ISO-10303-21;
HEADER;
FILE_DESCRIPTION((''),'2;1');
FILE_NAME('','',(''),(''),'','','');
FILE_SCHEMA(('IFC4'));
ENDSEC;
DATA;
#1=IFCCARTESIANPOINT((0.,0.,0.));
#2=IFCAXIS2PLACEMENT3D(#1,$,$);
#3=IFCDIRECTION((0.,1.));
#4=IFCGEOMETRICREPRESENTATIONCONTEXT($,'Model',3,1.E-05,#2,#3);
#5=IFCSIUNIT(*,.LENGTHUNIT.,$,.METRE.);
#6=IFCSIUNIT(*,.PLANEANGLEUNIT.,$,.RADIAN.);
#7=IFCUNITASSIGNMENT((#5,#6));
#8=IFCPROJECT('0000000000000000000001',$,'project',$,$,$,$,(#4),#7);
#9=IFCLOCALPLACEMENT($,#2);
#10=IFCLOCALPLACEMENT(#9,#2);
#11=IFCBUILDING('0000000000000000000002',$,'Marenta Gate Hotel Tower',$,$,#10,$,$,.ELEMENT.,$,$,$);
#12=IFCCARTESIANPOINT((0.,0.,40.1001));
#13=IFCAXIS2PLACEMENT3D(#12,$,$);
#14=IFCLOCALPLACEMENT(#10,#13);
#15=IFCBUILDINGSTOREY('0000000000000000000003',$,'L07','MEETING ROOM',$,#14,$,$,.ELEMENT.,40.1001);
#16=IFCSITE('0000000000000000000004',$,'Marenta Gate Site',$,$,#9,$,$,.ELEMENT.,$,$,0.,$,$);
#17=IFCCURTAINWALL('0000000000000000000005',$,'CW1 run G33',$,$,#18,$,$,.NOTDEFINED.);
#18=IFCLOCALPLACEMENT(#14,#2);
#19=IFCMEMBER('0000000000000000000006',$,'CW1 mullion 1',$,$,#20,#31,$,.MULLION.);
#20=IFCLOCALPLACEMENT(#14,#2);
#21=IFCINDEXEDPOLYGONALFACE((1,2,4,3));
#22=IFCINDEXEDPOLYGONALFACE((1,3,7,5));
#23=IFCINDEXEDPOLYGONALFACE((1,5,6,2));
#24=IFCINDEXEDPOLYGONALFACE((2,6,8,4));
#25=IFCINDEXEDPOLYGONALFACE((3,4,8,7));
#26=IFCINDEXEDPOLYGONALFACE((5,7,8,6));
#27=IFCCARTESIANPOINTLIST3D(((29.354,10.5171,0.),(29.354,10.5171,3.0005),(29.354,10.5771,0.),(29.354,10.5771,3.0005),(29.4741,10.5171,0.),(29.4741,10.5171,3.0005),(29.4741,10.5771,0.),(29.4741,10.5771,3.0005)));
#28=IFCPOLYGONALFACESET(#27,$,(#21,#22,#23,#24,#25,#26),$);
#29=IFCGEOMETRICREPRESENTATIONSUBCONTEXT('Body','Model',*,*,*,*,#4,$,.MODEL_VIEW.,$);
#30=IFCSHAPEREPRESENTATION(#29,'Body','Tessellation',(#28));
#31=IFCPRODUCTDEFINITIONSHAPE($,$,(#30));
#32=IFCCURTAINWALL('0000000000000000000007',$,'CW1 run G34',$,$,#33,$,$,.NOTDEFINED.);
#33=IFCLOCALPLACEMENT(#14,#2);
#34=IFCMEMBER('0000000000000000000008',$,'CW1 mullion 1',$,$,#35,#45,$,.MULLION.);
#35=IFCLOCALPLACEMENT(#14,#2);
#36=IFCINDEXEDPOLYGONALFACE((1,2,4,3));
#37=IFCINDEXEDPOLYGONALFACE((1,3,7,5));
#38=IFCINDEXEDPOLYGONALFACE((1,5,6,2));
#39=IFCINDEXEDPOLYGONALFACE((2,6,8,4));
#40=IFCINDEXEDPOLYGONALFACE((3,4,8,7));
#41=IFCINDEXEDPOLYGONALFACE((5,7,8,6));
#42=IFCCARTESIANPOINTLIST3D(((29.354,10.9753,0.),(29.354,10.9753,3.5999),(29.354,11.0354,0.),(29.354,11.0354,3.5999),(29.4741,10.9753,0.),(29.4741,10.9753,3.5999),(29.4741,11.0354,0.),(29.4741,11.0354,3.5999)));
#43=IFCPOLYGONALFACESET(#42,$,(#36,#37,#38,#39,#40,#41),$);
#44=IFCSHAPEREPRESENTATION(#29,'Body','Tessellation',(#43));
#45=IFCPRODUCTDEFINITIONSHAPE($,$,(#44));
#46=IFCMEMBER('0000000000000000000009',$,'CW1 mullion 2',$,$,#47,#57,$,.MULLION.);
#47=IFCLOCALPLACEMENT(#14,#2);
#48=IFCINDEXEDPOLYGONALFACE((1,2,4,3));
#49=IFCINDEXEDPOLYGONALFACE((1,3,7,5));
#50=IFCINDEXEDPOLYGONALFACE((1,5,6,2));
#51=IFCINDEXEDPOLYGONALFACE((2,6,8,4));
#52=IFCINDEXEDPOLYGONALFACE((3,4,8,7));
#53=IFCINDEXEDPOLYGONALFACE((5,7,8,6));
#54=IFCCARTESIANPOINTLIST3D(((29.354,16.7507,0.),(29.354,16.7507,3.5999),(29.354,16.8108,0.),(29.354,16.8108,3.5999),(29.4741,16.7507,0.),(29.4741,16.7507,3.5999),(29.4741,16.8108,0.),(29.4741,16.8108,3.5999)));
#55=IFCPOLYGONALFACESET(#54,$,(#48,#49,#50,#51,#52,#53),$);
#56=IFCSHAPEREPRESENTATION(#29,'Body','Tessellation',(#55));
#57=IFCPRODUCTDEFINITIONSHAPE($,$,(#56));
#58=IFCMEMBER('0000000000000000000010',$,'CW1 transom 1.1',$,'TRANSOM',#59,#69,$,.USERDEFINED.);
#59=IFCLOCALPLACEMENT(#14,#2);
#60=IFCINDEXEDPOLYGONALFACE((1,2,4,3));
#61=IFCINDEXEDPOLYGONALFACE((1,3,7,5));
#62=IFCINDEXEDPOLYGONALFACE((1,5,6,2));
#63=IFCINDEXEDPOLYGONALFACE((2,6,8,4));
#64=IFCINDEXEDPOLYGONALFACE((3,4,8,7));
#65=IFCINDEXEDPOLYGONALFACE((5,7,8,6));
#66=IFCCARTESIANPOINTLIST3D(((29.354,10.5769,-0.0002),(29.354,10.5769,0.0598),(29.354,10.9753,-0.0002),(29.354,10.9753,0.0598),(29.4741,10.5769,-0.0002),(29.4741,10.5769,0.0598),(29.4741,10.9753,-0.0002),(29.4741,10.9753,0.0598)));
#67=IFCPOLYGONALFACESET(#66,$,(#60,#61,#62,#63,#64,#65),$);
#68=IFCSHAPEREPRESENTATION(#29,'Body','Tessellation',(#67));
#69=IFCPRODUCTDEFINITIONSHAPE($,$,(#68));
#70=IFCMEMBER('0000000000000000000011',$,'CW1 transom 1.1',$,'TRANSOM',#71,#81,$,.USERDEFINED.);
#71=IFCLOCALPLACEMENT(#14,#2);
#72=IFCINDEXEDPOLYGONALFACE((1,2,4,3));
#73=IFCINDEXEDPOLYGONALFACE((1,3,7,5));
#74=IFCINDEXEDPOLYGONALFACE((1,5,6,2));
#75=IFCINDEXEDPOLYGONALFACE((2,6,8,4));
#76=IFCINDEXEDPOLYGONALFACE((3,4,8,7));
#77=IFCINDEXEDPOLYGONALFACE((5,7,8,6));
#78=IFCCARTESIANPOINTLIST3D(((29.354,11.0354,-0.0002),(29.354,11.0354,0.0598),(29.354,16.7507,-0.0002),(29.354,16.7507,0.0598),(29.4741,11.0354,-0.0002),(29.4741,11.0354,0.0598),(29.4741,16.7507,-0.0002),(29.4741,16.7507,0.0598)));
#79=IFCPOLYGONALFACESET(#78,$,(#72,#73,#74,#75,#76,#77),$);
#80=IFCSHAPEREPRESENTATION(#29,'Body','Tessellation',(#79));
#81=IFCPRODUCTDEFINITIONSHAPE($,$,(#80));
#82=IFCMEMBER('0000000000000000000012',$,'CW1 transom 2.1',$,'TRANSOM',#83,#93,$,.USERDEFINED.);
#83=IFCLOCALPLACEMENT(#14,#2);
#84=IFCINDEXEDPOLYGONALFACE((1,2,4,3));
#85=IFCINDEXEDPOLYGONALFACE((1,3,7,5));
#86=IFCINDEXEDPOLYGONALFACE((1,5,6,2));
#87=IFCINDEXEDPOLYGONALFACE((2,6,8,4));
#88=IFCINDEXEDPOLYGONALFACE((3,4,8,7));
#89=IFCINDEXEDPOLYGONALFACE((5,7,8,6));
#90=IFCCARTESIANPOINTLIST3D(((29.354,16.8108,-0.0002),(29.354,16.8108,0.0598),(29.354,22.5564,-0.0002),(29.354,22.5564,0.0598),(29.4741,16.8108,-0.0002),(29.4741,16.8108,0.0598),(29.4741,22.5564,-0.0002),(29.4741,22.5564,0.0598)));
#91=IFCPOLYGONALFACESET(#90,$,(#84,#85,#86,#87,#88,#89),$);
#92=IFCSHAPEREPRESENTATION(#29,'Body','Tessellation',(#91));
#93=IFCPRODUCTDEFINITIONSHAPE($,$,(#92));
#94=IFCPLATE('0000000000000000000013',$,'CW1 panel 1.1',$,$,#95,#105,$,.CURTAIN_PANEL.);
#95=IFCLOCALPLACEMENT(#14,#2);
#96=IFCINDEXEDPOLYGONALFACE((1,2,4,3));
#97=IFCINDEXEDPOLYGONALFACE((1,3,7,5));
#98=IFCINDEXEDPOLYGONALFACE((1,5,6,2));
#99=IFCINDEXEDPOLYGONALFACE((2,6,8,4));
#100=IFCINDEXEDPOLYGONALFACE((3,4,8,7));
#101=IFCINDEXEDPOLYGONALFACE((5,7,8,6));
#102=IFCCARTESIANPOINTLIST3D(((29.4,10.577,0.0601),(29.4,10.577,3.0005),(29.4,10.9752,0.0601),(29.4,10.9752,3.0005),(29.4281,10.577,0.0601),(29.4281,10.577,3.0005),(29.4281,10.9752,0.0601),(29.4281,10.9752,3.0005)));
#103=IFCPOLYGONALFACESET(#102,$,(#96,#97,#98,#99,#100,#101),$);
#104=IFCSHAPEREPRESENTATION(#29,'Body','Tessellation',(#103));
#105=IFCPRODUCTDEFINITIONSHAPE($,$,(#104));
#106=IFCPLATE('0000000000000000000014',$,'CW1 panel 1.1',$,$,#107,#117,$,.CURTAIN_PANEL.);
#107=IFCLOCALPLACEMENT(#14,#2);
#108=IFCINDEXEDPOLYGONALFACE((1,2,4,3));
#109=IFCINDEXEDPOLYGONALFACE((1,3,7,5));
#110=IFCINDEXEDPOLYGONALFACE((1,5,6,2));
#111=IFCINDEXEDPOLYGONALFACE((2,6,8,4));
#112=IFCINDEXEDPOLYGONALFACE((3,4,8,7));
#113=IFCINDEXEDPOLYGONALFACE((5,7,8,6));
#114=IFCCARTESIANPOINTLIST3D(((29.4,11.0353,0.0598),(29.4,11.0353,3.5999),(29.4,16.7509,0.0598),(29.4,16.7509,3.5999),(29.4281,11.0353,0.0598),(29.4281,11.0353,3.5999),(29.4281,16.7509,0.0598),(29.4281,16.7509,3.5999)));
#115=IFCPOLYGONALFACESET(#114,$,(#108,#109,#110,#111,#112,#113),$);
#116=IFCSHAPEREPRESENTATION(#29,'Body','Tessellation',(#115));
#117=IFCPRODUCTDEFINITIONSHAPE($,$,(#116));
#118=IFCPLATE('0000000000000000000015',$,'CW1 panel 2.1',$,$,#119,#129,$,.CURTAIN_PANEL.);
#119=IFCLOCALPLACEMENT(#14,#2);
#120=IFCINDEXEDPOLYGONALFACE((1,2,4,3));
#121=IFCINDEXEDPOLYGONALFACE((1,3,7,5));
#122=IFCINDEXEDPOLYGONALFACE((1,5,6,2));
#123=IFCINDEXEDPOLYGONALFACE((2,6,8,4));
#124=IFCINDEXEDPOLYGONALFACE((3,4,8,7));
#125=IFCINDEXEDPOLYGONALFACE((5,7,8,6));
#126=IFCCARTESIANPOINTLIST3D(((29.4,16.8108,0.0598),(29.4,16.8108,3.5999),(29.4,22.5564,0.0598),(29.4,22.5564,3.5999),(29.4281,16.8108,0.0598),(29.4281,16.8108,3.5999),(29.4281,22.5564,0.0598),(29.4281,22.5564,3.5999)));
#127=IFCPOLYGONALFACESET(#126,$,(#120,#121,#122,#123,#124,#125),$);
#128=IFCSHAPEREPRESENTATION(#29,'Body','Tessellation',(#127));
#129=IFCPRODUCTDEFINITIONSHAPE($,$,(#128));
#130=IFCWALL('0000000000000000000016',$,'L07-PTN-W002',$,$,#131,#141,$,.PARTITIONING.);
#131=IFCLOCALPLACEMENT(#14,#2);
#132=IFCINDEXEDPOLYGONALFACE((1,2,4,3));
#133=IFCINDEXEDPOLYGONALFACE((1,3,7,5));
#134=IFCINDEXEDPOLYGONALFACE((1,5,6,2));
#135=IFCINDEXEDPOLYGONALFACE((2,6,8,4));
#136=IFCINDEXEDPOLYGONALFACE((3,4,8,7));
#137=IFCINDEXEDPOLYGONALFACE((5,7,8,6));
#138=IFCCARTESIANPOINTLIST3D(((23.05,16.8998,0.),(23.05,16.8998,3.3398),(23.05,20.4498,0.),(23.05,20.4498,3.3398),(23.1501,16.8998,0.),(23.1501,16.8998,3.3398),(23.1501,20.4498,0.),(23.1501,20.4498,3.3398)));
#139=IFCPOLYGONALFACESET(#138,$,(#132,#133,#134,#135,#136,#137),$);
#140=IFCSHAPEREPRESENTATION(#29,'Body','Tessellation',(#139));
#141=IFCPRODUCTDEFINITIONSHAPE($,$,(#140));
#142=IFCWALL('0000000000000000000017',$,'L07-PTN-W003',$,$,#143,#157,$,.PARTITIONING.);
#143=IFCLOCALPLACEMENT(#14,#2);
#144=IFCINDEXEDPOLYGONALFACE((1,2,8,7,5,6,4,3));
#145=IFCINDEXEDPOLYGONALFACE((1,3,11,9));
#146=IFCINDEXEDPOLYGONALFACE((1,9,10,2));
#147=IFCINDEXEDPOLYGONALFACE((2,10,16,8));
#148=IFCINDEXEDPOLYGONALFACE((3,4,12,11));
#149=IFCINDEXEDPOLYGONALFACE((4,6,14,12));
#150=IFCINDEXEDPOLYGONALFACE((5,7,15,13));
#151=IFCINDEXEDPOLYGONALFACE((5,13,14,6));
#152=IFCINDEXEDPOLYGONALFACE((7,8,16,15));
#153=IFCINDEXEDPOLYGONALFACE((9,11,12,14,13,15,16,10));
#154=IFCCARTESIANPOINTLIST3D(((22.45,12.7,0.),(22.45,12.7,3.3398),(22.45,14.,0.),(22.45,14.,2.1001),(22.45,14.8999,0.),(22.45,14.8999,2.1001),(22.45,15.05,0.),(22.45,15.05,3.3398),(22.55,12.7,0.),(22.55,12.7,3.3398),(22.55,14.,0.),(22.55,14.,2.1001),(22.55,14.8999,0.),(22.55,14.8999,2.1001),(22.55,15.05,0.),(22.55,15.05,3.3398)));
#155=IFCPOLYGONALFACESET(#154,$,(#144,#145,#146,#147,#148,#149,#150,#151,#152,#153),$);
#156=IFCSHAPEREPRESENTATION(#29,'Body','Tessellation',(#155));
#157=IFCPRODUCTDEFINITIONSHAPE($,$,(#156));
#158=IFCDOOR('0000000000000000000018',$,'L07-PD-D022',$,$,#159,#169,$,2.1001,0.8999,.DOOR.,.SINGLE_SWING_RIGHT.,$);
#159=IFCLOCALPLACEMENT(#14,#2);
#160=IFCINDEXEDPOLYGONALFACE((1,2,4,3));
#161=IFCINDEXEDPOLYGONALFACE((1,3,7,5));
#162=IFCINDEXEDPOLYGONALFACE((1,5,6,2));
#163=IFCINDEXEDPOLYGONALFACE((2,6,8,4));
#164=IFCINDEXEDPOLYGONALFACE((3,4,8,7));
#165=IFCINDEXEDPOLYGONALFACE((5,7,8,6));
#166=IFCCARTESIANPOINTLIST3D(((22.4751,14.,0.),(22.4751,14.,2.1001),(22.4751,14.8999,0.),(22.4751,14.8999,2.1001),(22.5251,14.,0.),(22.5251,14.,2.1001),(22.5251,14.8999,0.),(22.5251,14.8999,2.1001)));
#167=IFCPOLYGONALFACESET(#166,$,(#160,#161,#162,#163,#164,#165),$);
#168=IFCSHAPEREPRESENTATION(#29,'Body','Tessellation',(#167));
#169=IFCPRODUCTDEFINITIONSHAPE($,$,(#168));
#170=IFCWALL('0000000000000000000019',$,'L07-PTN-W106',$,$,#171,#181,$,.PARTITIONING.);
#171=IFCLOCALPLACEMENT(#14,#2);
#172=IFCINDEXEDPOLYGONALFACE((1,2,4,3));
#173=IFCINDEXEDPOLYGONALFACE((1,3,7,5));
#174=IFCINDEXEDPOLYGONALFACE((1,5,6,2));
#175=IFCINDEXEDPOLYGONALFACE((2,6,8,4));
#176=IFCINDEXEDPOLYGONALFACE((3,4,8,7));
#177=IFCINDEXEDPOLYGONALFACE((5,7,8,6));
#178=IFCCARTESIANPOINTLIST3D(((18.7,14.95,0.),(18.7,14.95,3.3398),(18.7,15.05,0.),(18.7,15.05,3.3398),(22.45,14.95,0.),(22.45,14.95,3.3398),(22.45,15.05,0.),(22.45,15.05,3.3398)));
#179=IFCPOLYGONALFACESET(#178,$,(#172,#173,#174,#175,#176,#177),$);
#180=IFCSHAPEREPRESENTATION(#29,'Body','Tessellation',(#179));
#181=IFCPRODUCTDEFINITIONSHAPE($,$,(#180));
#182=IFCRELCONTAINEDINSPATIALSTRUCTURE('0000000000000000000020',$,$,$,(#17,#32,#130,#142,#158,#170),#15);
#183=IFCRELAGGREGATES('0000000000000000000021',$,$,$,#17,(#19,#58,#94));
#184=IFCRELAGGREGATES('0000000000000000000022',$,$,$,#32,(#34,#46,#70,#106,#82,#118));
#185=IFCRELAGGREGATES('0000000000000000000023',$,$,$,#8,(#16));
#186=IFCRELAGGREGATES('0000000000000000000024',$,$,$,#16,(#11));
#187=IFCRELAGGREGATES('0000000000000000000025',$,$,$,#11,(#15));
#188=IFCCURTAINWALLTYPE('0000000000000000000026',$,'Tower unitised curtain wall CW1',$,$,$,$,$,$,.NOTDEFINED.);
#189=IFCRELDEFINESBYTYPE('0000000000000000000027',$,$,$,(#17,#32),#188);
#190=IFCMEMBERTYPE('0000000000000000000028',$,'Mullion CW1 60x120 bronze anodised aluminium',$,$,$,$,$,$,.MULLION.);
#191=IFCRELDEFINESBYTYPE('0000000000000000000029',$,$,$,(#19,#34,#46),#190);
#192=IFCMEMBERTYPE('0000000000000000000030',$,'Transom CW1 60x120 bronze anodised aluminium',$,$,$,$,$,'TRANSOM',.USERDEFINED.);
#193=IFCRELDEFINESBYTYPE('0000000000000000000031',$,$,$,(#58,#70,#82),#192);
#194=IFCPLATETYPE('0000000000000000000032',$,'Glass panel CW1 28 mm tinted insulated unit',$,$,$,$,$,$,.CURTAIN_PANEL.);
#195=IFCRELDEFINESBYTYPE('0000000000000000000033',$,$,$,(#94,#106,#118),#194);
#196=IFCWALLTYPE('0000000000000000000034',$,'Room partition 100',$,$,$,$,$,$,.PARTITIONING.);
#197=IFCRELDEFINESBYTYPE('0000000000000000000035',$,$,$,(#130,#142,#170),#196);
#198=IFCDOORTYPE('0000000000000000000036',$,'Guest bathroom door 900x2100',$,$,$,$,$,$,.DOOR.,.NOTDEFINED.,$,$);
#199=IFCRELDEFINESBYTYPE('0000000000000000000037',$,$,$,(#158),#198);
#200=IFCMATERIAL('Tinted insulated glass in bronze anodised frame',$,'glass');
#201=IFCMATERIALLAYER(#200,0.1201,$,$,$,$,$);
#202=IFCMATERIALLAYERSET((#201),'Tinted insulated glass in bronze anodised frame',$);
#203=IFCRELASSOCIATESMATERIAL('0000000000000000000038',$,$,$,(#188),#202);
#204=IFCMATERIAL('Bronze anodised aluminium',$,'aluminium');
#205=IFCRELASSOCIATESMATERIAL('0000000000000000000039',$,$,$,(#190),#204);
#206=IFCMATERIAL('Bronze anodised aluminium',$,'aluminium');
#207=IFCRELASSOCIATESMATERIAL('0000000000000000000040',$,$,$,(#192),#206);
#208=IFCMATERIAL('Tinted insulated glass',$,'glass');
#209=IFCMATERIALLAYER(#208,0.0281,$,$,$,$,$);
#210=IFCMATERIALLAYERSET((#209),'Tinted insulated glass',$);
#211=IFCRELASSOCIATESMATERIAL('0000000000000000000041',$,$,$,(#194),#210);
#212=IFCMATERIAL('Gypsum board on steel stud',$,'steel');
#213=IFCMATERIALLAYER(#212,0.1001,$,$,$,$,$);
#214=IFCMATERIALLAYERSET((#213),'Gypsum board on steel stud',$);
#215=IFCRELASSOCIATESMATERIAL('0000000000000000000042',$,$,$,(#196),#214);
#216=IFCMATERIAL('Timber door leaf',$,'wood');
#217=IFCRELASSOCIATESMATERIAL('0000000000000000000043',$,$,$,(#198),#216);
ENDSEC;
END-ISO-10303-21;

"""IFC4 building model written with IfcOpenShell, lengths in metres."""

from ifc_helpers import new_model, si_unit, direction, frame, frame_2d, origin, origin_2d, place, context, subcontext, project, spatial, rectangle, extrude, material, layer, layer_set, material_profile, profile_set, type_object, element, fill, aggregate, save


model = new_model("IFC4")

# Units and contexts
model_context = context("Model", 3, precision=1e-05, world=origin(), true_north=direction((0.0, 1.0)))
body_context = subcontext(model_context, "Body", "Model", "MODEL_VIEW")
ifc_project = project(units=[si_unit("LENGTHUNIT", "METRE"), si_unit("PLANEANGLEUNIT", "RADIAN")], contexts=[model_context])

# Site, building, storey
site_placement = place(None, origin())
site = spatial("IfcSite", under=ifc_project, at=site_placement, Name="Marenta Gate Site", CompositionType="ELEMENT", RefElevation=0.0)
building_placement = place(site_placement, origin())
building = spatial("IfcBuilding", under=site, at=building_placement, Name="Marenta Gate Hotel Tower", CompositionType="ELEMENT")
storey_placement = place(building_placement, frame((0.0, 0.0, 40.1001)))
storey = spatial("IfcBuildingStorey", under=building, at=storey_placement, Name="L07", Description="MEETING ROOM", CompositionType="ELEMENT", Elevation=40.1001)

# Curtain wall, member
ifc_material_1 = material(Name="Tinted insulated glass in bronze anodised frame", Category="glass")
ifc_layer_1 = layer(ifc_material_1, 0.1201)
ifc_layer_set_1 = layer_set([ifc_layer_1], Name="Tinted insulated glass in bronze anodised frame")
curtain_wall_type = type_object("IfcCurtainWallType", Name="Tower unitised curtain wall CW1", PredefinedType="NOTDEFINED", material=ifc_layer_set_1)
curtain_wall_1_placement = place(storey_placement, origin())
curtain_wall_1 = element("IfcCurtainWall", 1, at=curtain_wall_1_placement, inside=storey, type_object=curtain_wall_type, Name="CW1 run G33", PredefinedType="NOTDEFINED")
ifc_material_2 = material(Name="Bronze anodised aluminium", Category="aluminium")
ifc_material_profile_1 = material_profile(ifc_material_2, rectangle(XDim=0.1201, YDim=0.0601, at=origin_2d()), Name="Mullion CW1 60x120 bronze anodised aluminium")
ifc_profile_set_1 = profile_set([ifc_material_profile_1], Name="Bronze anodised aluminium")
member_type_1 = type_object("IfcMemberType", Name="Mullion CW1 60x120 bronze anodised aluminium", PredefinedType="MULLION", material=ifc_profile_set_1)
member_1_placement = place(storey_placement, frame((29.4141, 10.5471, 0.0), z_axis=(0.0, 0.0, 1.0), x_axis=(-1.0, 0.0, 0.0)))
member_1 = element("IfcMember", 2, at=member_1_placement, type_object=member_type_1, Name="CW1 mullion 1", PredefinedType="MULLION", context=body_context, shape_type="SweptSolid", body=[
    extrude(rectangle(XDim=0.1201, YDim=0.0601, at=origin_2d()), origin(), (0.0, 0.0, 1.0), 3.0005),
])

# Curtain wall, members
curtain_wall_2_placement = place(storey_placement, origin())
curtain_wall_2 = element("IfcCurtainWall", 3, at=curtain_wall_2_placement, inside=storey, type_object=curtain_wall_type, Name="CW1 run G34", PredefinedType="NOTDEFINED")
member_2_placement = place(storey_placement, frame((29.4141, 11.0054, 0.0), z_axis=(0.0, 0.0, 1.0), x_axis=(-1.0, 0.0, 0.0)))
member_2 = element("IfcMember", 4, at=member_2_placement, type_object=member_type_1, Name="CW1 mullion 1", PredefinedType="MULLION", context=body_context, shape_type="SweptSolid", body=[
    extrude(rectangle(XDim=0.1201, YDim=0.0601, at=origin_2d()), origin(), (0.0, 0.0, 1.0), 3.5999),
])
member_3_placement = place(storey_placement, frame((29.4141, 16.7808, 0.0), z_axis=(0.0, 0.0, 1.0), x_axis=(-1.0, 0.0, 0.0)))
member_3 = element("IfcMember", 5, at=member_3_placement, type_object=member_type_1, Name="CW1 mullion 2", PredefinedType="MULLION", context=body_context, shape_type="SweptSolid", body=[
    extrude(rectangle(XDim=0.1201, YDim=0.0601, at=origin_2d()), origin(), (0.0, 0.0, 1.0), 3.5999),
])

# Members
ifc_material_3 = material(Name="Bronze anodised aluminium", Category="aluminium")
ifc_material_profile_2 = material_profile(ifc_material_3, rectangle(XDim=0.1201, YDim=0.0601, at=origin_2d()), Name="Transom CW1 60x120 bronze anodised aluminium")
ifc_profile_set_2 = profile_set([ifc_material_profile_2], Name="Bronze anodised aluminium")
member_type_2 = type_object("IfcMemberType", Name="Transom CW1 60x120 bronze anodised aluminium", ElementType="TRANSOM", PredefinedType="USERDEFINED", material=ifc_profile_set_2)
member_4_placement = place(storey_placement, frame((29.4141, 10.5769, 0.0298), z_axis=(0.0, 1.0, 0.0), x_axis=(-1.0, 0.0, 0.0)))
member_4 = element("IfcMember", 6, at=member_4_placement, type_object=member_type_2, Name="CW1 transom 1.1", ObjectType="TRANSOM", PredefinedType="USERDEFINED", context=body_context, shape_type="SweptSolid", body=[
    extrude(rectangle(XDim=0.1201, YDim=0.0601, at=origin_2d()), origin(), (0.0, 0.0, 1.0), 0.3984),
])
member_5_placement = place(storey_placement, frame((29.4141, 11.0354, 0.0298), z_axis=(0.0, 1.0, 0.0), x_axis=(-1.0, 0.0, 0.0)))
member_5 = element("IfcMember", 7, at=member_5_placement, type_object=member_type_2, Name="CW1 transom 1.1", ObjectType="TRANSOM", PredefinedType="USERDEFINED", context=body_context, shape_type="SweptSolid", body=[
    extrude(rectangle(XDim=0.1201, YDim=0.0601, at=origin_2d()), origin(), (0.0, 0.0, 1.0), 5.7153),
])
member_6_placement = place(storey_placement, frame((29.4141, 16.8108, 0.0298), z_axis=(0.0, 1.0, 0.0), x_axis=(-1.0, 0.0, 0.0)))
member_6 = element("IfcMember", 8, at=member_6_placement, type_object=member_type_2, Name="CW1 transom 2.1", ObjectType="TRANSOM", PredefinedType="USERDEFINED", context=body_context, shape_type="SweptSolid", body=[
    extrude(rectangle(XDim=0.1201, YDim=0.0601, at=origin_2d()), origin(), (0.0, 0.0, 1.0), 5.7456),
])

# Plates
ifc_material_4 = material(Name="Tinted insulated glass", Category="glass")
ifc_layer_2 = layer(ifc_material_4, 0.0281)
ifc_layer_set_2 = layer_set([ifc_layer_2], Name="Tinted insulated glass")
plate_type = type_object("IfcPlateType", Name="Glass panel CW1 28 mm tinted insulated unit", PredefinedType="CURTAIN_PANEL", material=ifc_layer_set_2)
plate_1_placement = place(storey_placement, frame((29.4141, 10.7761, 0.0601), z_axis=(0.0, 0.0, 1.0), x_axis=(0.0, 1.0, 0.0)))
plate_1 = element("IfcPlate", 9, at=plate_1_placement, type_object=plate_type, Name="CW1 panel 1.1", PredefinedType="CURTAIN_PANEL", context=body_context, shape_type="SweptSolid", body=[
    extrude(rectangle(XDim=0.3982, YDim=0.0281, at=origin_2d()), origin(), (0.0, 0.0, 1.0), 2.9404),
])
aggregate(curtain_wall_1, [member_1, member_4, plate_1])
plate_2_placement = place(storey_placement, frame((29.4141, 13.8931, 0.0598), z_axis=(0.0, 0.0, 1.0), x_axis=(0.0, 1.0, 0.0)))
plate_2 = element("IfcPlate", 10, at=plate_2_placement, type_object=plate_type, Name="CW1 panel 1.1", PredefinedType="CURTAIN_PANEL", context=body_context, shape_type="SweptSolid", body=[
    extrude(rectangle(XDim=5.7156, YDim=0.0281, at=origin_2d()), origin(), (0.0, 0.0, 1.0), 3.54),
])
plate_3_placement = place(storey_placement, frame((29.4141, 19.6836, 0.0598), z_axis=(0.0, 0.0, 1.0), x_axis=(0.0, 1.0, 0.0)))
plate_3 = element("IfcPlate", 11, at=plate_3_placement, type_object=plate_type, Name="CW1 panel 2.1", PredefinedType="CURTAIN_PANEL", context=body_context, shape_type="SweptSolid", body=[
    extrude(rectangle(XDim=5.7456, YDim=0.0281, at=origin_2d()), origin(), (0.0, 0.0, 1.0), 3.54),
])
aggregate(curtain_wall_2, [member_2, member_3, member_5, plate_2, member_6, plate_3])

# Wall
ifc_material_5 = material(Name="Gypsum board on steel stud", Category="steel")
ifc_layer_3 = layer(ifc_material_5, 0.1001)
ifc_layer_set_3 = layer_set([ifc_layer_3], Name="Gypsum board on steel stud")
wall_type_1 = type_object("IfcWallType", Name="Room partition 100", PredefinedType="PARTITIONING", material=ifc_layer_set_3)
wall_1_placement = place(storey_placement, frame((23.1001, 16.8999, 0.0), z_axis=(0.0, 0.0, 1.0), x_axis=(0.0, 1.0, 0.0)))
element("IfcWall", 12, at=wall_1_placement, inside=storey, type_object=wall_type_1, Name="L07-PTN-W002", PredefinedType="PARTITIONING", context=body_context, shape_type="SweptSolid", body=[
    extrude(rectangle(XDim=3.55, YDim=0.1001, at=frame_2d((1.7749, 0.0))), origin(), (0.0, 0.0, 1.0), 3.3398),
])

# Wall, opening, door
wall_2_placement = place(storey_placement, frame((22.5, 12.7, 0.0), z_axis=(0.0, 0.0, 1.0), x_axis=(0.0, 1.0, 0.0)))
wall_2 = element("IfcWall", 13, at=wall_2_placement, inside=storey, type_object=wall_type_1, Name="L07-PTN-W003", PredefinedType="PARTITIONING", context=body_context, shape_type="SweptSolid", body=[
    extrude(rectangle(XDim=2.3501, YDim=0.1001, at=frame_2d((1.175, 0.0))), origin(), (0.0, 0.0, 1.0), 3.3398),
])
opening_placement = place(wall_2_placement, frame((1.3, 0.0, 0.0)))
opening = element("IfcOpeningElement", 14, at=opening_placement, cuts=wall_2, PredefinedType="OPENING", context=body_context, shape_type="SweptSolid", body=[
    extrude(rectangle(XDim=0.8999, YDim=2.1001, at=frame_2d((0.45, 1.05))), frame((0.0, 0.05, 0.0), z_axis=(0.0, -1.0, 0.0), x_axis=(1.0, 0.0, 0.0)), (0.0, 0.0, 1.0), 0.1001),
])
ifc_material_6 = material(Name="Timber door leaf", Category="wood")
door_type = type_object("IfcDoorType", Name="Guest bathroom door 900x2100", OperationType="NOTDEFINED", PredefinedType="DOOR", material=ifc_material_6)
door_placement = place(opening_placement, origin())
door = element("IfcDoor", 15, at=door_placement, inside=storey, type_object=door_type, Name="L07-PD-D022", OperationType="SINGLE_SWING_RIGHT", OverallHeight=2.1001, OverallWidth=0.8999, PredefinedType="DOOR", context=body_context, shape_type="SweptSolid", body=[
    extrude(rectangle(XDim=0.8999, YDim=2.1001, at=frame_2d((0.45, 1.05))), frame((0.0, 0.0249, 0.0), z_axis=(0.0, -1.0, 0.0), x_axis=(1.0, 0.0, 0.0)), (0.0, 0.0, 1.0), 0.05),
])
fill(opening, door)

# Wall
wall_3_placement = place(storey_placement, frame((18.7, 15.0, 0.0), z_axis=(0.0, 0.0, 1.0), x_axis=(1.0, 0.0, 0.0)))
element("IfcWall", 16, at=wall_3_placement, inside=storey, type_object=wall_type_1, Name="L07-PTN-W106", PredefinedType="PARTITIONING", context=body_context, shape_type="SweptSolid", body=[
    extrude(rectangle(XDim=3.75, YDim=0.1001, at=frame_2d((1.875, 0.0))), origin(), (0.0, 0.0, 1.0), 3.3398),
])

save(model, "model.ifc")
